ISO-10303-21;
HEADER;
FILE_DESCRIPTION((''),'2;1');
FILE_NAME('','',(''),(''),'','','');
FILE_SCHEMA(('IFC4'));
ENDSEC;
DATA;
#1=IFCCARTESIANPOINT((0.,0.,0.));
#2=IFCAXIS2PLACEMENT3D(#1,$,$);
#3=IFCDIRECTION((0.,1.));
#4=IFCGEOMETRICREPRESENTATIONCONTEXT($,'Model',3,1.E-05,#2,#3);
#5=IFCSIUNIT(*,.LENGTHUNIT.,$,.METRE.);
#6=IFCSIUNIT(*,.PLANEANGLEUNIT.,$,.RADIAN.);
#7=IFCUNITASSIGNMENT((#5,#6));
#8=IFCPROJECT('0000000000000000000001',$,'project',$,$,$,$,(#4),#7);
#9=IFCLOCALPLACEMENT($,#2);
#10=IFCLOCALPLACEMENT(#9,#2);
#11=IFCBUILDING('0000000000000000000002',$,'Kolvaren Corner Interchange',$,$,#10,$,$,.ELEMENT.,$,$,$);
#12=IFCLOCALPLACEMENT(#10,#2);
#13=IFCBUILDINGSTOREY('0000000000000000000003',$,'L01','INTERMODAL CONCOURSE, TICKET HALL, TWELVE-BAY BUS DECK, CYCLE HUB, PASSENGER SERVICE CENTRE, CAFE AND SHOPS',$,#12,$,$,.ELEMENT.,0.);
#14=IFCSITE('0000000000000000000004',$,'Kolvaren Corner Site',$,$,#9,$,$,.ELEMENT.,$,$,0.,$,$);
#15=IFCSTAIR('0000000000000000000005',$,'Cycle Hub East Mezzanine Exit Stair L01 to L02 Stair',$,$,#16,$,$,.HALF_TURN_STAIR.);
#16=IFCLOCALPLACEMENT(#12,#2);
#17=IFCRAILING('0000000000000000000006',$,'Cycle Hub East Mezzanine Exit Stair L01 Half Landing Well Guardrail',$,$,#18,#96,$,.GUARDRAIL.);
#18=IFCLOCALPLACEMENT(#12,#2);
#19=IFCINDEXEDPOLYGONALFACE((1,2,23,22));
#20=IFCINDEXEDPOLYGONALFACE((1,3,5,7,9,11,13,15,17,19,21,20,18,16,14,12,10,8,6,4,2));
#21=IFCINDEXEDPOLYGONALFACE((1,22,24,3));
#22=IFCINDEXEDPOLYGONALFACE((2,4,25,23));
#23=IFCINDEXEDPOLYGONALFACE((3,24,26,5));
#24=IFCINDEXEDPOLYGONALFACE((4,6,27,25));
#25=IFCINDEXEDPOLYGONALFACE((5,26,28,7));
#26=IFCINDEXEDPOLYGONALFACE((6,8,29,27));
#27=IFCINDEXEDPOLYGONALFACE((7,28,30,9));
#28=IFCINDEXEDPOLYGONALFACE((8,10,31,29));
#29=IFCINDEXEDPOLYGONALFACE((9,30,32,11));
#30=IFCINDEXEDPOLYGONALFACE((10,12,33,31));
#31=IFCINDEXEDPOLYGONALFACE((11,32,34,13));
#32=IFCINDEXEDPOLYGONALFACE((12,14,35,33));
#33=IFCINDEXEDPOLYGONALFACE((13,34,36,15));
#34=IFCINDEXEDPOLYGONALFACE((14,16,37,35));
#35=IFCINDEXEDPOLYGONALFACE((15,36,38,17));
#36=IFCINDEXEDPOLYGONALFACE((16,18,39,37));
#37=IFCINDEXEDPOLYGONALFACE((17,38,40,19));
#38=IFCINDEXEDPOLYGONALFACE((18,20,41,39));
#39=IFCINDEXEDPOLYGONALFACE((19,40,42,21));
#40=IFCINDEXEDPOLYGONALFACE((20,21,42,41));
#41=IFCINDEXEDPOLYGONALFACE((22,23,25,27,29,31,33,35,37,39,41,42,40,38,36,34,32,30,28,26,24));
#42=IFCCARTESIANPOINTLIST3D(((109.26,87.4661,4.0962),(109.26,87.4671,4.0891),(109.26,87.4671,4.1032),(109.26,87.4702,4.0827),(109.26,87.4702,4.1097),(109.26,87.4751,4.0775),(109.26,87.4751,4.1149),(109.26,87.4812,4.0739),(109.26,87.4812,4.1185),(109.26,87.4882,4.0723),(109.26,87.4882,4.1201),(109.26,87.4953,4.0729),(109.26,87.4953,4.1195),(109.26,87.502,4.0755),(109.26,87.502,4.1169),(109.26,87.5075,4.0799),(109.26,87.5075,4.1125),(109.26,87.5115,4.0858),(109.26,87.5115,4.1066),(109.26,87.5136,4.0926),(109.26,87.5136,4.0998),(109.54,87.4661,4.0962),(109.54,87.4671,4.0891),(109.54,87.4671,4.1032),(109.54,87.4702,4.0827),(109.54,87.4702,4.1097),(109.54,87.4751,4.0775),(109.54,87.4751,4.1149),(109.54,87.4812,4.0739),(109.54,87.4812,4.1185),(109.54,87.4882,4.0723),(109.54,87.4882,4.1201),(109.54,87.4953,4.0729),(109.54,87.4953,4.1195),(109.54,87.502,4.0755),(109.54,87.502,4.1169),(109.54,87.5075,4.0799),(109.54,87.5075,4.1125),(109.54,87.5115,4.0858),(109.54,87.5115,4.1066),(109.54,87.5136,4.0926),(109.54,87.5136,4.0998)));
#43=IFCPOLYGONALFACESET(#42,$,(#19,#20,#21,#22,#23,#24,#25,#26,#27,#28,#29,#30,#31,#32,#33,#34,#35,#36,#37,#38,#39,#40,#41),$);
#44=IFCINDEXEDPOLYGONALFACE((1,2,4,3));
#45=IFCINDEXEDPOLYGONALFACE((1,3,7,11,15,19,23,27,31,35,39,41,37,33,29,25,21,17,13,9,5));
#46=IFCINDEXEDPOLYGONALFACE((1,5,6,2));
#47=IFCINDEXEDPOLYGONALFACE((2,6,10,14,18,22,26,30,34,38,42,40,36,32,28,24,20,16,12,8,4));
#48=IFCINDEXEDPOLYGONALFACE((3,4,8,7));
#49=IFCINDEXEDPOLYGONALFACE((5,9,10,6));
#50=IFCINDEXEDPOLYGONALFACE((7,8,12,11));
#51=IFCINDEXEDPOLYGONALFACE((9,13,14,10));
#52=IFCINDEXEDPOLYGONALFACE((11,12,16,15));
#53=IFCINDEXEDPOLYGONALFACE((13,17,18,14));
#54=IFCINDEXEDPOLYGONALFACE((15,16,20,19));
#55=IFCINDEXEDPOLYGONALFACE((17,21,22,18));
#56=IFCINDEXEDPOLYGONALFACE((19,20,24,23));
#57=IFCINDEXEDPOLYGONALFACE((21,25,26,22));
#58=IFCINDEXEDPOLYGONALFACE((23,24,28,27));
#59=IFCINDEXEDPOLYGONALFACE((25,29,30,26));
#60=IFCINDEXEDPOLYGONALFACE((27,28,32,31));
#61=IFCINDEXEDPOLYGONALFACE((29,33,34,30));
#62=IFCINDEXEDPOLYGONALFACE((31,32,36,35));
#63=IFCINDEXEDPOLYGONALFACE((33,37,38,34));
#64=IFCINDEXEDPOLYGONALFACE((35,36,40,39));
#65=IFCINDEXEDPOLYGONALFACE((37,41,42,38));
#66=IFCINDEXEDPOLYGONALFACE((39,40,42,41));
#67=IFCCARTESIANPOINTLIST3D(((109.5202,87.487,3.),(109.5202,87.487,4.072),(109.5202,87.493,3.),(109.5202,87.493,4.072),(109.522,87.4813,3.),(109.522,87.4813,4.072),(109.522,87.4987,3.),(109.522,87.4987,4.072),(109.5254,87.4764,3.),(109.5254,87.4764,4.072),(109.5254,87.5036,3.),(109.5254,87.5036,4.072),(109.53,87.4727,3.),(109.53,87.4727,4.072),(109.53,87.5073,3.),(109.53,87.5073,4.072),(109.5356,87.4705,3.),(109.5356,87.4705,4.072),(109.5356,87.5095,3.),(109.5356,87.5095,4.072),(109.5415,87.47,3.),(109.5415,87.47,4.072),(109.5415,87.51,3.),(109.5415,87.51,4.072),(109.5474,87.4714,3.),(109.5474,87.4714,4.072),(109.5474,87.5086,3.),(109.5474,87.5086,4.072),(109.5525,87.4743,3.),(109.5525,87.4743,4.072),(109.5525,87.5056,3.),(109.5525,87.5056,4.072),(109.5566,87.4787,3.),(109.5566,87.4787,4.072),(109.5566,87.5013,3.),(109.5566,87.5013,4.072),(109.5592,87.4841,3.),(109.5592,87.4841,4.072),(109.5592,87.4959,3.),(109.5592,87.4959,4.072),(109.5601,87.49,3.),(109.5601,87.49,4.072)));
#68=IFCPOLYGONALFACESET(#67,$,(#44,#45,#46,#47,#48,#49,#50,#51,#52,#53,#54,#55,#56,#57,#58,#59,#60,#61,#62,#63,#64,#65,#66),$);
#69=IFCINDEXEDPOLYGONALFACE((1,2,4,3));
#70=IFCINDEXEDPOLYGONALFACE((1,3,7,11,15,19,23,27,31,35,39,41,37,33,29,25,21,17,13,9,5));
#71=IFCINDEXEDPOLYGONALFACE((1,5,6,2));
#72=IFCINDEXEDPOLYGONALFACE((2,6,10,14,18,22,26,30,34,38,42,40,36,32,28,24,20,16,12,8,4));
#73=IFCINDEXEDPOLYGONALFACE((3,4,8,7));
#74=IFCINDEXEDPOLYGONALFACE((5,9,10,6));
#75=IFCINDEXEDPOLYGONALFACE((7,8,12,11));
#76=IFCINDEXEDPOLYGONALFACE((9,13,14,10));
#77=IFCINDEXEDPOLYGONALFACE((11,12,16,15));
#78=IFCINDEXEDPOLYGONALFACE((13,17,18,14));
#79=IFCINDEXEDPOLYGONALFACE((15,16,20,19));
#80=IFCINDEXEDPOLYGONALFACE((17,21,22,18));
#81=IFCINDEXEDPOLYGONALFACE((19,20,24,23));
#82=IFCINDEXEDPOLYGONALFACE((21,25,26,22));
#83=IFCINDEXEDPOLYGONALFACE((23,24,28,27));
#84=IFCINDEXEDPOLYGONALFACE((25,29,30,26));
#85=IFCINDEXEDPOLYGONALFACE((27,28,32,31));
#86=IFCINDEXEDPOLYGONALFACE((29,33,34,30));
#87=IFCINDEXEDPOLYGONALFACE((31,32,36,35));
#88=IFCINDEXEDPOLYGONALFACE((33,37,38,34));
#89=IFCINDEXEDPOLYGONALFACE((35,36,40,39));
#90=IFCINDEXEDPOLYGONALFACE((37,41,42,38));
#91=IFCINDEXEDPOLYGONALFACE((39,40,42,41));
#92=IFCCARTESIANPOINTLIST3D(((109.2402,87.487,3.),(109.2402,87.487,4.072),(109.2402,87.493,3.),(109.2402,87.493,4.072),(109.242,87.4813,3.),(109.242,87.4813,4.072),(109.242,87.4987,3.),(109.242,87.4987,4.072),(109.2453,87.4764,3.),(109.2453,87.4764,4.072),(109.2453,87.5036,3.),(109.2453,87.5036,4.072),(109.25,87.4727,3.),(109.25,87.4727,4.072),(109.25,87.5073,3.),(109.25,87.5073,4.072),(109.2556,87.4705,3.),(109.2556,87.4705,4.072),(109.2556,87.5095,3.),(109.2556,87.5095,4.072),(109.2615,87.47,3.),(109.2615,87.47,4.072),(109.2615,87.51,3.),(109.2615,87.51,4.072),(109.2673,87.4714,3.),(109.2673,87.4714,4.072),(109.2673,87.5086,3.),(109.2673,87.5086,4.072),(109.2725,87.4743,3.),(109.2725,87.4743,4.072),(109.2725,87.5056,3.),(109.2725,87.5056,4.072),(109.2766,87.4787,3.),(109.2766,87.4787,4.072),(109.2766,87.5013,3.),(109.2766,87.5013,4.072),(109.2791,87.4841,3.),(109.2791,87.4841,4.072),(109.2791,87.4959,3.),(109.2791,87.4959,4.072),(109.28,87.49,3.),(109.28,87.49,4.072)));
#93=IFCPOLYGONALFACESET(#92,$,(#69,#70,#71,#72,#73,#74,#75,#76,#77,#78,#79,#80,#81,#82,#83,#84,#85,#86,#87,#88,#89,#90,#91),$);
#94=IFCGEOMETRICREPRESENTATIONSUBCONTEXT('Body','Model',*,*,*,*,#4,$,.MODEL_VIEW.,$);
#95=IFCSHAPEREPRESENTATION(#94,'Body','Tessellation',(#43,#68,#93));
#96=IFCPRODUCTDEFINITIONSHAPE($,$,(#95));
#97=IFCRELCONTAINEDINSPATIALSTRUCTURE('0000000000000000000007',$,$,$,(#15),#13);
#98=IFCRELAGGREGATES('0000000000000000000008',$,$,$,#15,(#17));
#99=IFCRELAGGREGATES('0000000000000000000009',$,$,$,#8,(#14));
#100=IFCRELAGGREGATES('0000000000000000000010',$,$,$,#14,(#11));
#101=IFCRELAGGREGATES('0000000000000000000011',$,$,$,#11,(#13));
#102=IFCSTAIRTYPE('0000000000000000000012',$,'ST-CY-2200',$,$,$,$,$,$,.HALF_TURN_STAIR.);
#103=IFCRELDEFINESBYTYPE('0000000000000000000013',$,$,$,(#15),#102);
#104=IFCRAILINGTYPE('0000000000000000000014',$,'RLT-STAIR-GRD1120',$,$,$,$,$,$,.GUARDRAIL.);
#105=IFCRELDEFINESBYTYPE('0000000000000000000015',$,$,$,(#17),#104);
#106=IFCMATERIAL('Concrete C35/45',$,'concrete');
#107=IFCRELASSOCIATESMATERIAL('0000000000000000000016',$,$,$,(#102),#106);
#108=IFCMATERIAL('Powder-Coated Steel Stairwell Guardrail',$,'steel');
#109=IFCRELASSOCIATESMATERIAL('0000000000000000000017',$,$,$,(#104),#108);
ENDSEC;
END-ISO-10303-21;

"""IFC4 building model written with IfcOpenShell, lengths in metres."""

from ifc_helpers import new_model, si_unit, direction, frame, origin, origin_2d, place, context, subcontext, project, spatial, circle, extrude, material, type_object, element, aggregate, save


model = new_model("IFC4")

# Units and contexts
model_context = context("Model", 3, precision=1e-05, world=origin(), true_north=direction((0.0, 1.0)))
body_context = subcontext(model_context, "Body", "Model", "MODEL_VIEW")
ifc_project = project(units=[si_unit("LENGTHUNIT", "METRE"), si_unit("PLANEANGLEUNIT", "RADIAN")], contexts=[model_context])

# Site, building, storey
site_placement = place(None, origin())
site = spatial("IfcSite", under=ifc_project, at=site_placement, Name="Kolvaren Corner Site", CompositionType="ELEMENT", RefElevation=0.0)
building_placement = place(site_placement, origin())
building = spatial("IfcBuilding", under=site, at=building_placement, Name="Kolvaren Corner Interchange", CompositionType="ELEMENT")
storey_placement = place(building_placement, origin())
storey = spatial("IfcBuildingStorey", under=building, at=storey_placement, Name="L01", Description="INTERMODAL CONCOURSE, TICKET HALL, TWELVE-BAY BUS DECK, CYCLE HUB, PASSENGER SERVICE CENTRE, CAFE AND SHOPS", CompositionType="ELEMENT", Elevation=0.0)

# Stair, railing
ifc_material_1 = material(Name="Concrete C35/45", Category="concrete")
stair_type = type_object("IfcStairType", Name="ST-CY-2200", PredefinedType="HALF_TURN_STAIR", material=ifc_material_1)
stair_placement = place(storey_placement, origin())
stair = element("IfcStair", 1, at=stair_placement, inside=storey, type_object=stair_type, Name="Cycle Hub East Mezzanine Exit Stair L01 to L02 Stair", PredefinedType="HALF_TURN_STAIR")
ifc_material_2 = material(Name="Powder-Coated Steel Stairwell Guardrail", Category="steel")
railing_type_1 = type_object("IfcRailingType", Name="RLT-STAIR-GRD1120", PredefinedType="GUARDRAIL", material=ifc_material_2)
railing_1_placement = place(storey_placement, frame((109.54, 87.49, 3.0)))
railing_1 = element("IfcRailing", 2, at=railing_1_placement, type_object=railing_type_1, Name="Cycle Hub East Mezzanine Exit Stair L01 Half Landing Well Guardrail", PredefinedType="GUARDRAIL", context=body_context, shape_type="SweptSolid", body=[
    extrude(circle(Radius=0.0239, at=origin_2d()), frame((0.0, 0.0, 1.0962), z_axis=(-1.0, 0.0, 0.0), x_axis=(0.0, -1.0, 0.0)), (0.0, 0.0, 1.0), 0.28),
    extrude(circle(Radius=0.02, at=origin_2d()), origin(), (0.0, 0.0, 1.0), 1.072),
    extrude(circle(Radius=0.02, at=origin_2d()), frame((-0.28, 0.0, 0.0)), (0.0, 0.0, 1.0), 1.072),
])
aggregate(stair, [railing_1])

save(model, "model.ifc")
